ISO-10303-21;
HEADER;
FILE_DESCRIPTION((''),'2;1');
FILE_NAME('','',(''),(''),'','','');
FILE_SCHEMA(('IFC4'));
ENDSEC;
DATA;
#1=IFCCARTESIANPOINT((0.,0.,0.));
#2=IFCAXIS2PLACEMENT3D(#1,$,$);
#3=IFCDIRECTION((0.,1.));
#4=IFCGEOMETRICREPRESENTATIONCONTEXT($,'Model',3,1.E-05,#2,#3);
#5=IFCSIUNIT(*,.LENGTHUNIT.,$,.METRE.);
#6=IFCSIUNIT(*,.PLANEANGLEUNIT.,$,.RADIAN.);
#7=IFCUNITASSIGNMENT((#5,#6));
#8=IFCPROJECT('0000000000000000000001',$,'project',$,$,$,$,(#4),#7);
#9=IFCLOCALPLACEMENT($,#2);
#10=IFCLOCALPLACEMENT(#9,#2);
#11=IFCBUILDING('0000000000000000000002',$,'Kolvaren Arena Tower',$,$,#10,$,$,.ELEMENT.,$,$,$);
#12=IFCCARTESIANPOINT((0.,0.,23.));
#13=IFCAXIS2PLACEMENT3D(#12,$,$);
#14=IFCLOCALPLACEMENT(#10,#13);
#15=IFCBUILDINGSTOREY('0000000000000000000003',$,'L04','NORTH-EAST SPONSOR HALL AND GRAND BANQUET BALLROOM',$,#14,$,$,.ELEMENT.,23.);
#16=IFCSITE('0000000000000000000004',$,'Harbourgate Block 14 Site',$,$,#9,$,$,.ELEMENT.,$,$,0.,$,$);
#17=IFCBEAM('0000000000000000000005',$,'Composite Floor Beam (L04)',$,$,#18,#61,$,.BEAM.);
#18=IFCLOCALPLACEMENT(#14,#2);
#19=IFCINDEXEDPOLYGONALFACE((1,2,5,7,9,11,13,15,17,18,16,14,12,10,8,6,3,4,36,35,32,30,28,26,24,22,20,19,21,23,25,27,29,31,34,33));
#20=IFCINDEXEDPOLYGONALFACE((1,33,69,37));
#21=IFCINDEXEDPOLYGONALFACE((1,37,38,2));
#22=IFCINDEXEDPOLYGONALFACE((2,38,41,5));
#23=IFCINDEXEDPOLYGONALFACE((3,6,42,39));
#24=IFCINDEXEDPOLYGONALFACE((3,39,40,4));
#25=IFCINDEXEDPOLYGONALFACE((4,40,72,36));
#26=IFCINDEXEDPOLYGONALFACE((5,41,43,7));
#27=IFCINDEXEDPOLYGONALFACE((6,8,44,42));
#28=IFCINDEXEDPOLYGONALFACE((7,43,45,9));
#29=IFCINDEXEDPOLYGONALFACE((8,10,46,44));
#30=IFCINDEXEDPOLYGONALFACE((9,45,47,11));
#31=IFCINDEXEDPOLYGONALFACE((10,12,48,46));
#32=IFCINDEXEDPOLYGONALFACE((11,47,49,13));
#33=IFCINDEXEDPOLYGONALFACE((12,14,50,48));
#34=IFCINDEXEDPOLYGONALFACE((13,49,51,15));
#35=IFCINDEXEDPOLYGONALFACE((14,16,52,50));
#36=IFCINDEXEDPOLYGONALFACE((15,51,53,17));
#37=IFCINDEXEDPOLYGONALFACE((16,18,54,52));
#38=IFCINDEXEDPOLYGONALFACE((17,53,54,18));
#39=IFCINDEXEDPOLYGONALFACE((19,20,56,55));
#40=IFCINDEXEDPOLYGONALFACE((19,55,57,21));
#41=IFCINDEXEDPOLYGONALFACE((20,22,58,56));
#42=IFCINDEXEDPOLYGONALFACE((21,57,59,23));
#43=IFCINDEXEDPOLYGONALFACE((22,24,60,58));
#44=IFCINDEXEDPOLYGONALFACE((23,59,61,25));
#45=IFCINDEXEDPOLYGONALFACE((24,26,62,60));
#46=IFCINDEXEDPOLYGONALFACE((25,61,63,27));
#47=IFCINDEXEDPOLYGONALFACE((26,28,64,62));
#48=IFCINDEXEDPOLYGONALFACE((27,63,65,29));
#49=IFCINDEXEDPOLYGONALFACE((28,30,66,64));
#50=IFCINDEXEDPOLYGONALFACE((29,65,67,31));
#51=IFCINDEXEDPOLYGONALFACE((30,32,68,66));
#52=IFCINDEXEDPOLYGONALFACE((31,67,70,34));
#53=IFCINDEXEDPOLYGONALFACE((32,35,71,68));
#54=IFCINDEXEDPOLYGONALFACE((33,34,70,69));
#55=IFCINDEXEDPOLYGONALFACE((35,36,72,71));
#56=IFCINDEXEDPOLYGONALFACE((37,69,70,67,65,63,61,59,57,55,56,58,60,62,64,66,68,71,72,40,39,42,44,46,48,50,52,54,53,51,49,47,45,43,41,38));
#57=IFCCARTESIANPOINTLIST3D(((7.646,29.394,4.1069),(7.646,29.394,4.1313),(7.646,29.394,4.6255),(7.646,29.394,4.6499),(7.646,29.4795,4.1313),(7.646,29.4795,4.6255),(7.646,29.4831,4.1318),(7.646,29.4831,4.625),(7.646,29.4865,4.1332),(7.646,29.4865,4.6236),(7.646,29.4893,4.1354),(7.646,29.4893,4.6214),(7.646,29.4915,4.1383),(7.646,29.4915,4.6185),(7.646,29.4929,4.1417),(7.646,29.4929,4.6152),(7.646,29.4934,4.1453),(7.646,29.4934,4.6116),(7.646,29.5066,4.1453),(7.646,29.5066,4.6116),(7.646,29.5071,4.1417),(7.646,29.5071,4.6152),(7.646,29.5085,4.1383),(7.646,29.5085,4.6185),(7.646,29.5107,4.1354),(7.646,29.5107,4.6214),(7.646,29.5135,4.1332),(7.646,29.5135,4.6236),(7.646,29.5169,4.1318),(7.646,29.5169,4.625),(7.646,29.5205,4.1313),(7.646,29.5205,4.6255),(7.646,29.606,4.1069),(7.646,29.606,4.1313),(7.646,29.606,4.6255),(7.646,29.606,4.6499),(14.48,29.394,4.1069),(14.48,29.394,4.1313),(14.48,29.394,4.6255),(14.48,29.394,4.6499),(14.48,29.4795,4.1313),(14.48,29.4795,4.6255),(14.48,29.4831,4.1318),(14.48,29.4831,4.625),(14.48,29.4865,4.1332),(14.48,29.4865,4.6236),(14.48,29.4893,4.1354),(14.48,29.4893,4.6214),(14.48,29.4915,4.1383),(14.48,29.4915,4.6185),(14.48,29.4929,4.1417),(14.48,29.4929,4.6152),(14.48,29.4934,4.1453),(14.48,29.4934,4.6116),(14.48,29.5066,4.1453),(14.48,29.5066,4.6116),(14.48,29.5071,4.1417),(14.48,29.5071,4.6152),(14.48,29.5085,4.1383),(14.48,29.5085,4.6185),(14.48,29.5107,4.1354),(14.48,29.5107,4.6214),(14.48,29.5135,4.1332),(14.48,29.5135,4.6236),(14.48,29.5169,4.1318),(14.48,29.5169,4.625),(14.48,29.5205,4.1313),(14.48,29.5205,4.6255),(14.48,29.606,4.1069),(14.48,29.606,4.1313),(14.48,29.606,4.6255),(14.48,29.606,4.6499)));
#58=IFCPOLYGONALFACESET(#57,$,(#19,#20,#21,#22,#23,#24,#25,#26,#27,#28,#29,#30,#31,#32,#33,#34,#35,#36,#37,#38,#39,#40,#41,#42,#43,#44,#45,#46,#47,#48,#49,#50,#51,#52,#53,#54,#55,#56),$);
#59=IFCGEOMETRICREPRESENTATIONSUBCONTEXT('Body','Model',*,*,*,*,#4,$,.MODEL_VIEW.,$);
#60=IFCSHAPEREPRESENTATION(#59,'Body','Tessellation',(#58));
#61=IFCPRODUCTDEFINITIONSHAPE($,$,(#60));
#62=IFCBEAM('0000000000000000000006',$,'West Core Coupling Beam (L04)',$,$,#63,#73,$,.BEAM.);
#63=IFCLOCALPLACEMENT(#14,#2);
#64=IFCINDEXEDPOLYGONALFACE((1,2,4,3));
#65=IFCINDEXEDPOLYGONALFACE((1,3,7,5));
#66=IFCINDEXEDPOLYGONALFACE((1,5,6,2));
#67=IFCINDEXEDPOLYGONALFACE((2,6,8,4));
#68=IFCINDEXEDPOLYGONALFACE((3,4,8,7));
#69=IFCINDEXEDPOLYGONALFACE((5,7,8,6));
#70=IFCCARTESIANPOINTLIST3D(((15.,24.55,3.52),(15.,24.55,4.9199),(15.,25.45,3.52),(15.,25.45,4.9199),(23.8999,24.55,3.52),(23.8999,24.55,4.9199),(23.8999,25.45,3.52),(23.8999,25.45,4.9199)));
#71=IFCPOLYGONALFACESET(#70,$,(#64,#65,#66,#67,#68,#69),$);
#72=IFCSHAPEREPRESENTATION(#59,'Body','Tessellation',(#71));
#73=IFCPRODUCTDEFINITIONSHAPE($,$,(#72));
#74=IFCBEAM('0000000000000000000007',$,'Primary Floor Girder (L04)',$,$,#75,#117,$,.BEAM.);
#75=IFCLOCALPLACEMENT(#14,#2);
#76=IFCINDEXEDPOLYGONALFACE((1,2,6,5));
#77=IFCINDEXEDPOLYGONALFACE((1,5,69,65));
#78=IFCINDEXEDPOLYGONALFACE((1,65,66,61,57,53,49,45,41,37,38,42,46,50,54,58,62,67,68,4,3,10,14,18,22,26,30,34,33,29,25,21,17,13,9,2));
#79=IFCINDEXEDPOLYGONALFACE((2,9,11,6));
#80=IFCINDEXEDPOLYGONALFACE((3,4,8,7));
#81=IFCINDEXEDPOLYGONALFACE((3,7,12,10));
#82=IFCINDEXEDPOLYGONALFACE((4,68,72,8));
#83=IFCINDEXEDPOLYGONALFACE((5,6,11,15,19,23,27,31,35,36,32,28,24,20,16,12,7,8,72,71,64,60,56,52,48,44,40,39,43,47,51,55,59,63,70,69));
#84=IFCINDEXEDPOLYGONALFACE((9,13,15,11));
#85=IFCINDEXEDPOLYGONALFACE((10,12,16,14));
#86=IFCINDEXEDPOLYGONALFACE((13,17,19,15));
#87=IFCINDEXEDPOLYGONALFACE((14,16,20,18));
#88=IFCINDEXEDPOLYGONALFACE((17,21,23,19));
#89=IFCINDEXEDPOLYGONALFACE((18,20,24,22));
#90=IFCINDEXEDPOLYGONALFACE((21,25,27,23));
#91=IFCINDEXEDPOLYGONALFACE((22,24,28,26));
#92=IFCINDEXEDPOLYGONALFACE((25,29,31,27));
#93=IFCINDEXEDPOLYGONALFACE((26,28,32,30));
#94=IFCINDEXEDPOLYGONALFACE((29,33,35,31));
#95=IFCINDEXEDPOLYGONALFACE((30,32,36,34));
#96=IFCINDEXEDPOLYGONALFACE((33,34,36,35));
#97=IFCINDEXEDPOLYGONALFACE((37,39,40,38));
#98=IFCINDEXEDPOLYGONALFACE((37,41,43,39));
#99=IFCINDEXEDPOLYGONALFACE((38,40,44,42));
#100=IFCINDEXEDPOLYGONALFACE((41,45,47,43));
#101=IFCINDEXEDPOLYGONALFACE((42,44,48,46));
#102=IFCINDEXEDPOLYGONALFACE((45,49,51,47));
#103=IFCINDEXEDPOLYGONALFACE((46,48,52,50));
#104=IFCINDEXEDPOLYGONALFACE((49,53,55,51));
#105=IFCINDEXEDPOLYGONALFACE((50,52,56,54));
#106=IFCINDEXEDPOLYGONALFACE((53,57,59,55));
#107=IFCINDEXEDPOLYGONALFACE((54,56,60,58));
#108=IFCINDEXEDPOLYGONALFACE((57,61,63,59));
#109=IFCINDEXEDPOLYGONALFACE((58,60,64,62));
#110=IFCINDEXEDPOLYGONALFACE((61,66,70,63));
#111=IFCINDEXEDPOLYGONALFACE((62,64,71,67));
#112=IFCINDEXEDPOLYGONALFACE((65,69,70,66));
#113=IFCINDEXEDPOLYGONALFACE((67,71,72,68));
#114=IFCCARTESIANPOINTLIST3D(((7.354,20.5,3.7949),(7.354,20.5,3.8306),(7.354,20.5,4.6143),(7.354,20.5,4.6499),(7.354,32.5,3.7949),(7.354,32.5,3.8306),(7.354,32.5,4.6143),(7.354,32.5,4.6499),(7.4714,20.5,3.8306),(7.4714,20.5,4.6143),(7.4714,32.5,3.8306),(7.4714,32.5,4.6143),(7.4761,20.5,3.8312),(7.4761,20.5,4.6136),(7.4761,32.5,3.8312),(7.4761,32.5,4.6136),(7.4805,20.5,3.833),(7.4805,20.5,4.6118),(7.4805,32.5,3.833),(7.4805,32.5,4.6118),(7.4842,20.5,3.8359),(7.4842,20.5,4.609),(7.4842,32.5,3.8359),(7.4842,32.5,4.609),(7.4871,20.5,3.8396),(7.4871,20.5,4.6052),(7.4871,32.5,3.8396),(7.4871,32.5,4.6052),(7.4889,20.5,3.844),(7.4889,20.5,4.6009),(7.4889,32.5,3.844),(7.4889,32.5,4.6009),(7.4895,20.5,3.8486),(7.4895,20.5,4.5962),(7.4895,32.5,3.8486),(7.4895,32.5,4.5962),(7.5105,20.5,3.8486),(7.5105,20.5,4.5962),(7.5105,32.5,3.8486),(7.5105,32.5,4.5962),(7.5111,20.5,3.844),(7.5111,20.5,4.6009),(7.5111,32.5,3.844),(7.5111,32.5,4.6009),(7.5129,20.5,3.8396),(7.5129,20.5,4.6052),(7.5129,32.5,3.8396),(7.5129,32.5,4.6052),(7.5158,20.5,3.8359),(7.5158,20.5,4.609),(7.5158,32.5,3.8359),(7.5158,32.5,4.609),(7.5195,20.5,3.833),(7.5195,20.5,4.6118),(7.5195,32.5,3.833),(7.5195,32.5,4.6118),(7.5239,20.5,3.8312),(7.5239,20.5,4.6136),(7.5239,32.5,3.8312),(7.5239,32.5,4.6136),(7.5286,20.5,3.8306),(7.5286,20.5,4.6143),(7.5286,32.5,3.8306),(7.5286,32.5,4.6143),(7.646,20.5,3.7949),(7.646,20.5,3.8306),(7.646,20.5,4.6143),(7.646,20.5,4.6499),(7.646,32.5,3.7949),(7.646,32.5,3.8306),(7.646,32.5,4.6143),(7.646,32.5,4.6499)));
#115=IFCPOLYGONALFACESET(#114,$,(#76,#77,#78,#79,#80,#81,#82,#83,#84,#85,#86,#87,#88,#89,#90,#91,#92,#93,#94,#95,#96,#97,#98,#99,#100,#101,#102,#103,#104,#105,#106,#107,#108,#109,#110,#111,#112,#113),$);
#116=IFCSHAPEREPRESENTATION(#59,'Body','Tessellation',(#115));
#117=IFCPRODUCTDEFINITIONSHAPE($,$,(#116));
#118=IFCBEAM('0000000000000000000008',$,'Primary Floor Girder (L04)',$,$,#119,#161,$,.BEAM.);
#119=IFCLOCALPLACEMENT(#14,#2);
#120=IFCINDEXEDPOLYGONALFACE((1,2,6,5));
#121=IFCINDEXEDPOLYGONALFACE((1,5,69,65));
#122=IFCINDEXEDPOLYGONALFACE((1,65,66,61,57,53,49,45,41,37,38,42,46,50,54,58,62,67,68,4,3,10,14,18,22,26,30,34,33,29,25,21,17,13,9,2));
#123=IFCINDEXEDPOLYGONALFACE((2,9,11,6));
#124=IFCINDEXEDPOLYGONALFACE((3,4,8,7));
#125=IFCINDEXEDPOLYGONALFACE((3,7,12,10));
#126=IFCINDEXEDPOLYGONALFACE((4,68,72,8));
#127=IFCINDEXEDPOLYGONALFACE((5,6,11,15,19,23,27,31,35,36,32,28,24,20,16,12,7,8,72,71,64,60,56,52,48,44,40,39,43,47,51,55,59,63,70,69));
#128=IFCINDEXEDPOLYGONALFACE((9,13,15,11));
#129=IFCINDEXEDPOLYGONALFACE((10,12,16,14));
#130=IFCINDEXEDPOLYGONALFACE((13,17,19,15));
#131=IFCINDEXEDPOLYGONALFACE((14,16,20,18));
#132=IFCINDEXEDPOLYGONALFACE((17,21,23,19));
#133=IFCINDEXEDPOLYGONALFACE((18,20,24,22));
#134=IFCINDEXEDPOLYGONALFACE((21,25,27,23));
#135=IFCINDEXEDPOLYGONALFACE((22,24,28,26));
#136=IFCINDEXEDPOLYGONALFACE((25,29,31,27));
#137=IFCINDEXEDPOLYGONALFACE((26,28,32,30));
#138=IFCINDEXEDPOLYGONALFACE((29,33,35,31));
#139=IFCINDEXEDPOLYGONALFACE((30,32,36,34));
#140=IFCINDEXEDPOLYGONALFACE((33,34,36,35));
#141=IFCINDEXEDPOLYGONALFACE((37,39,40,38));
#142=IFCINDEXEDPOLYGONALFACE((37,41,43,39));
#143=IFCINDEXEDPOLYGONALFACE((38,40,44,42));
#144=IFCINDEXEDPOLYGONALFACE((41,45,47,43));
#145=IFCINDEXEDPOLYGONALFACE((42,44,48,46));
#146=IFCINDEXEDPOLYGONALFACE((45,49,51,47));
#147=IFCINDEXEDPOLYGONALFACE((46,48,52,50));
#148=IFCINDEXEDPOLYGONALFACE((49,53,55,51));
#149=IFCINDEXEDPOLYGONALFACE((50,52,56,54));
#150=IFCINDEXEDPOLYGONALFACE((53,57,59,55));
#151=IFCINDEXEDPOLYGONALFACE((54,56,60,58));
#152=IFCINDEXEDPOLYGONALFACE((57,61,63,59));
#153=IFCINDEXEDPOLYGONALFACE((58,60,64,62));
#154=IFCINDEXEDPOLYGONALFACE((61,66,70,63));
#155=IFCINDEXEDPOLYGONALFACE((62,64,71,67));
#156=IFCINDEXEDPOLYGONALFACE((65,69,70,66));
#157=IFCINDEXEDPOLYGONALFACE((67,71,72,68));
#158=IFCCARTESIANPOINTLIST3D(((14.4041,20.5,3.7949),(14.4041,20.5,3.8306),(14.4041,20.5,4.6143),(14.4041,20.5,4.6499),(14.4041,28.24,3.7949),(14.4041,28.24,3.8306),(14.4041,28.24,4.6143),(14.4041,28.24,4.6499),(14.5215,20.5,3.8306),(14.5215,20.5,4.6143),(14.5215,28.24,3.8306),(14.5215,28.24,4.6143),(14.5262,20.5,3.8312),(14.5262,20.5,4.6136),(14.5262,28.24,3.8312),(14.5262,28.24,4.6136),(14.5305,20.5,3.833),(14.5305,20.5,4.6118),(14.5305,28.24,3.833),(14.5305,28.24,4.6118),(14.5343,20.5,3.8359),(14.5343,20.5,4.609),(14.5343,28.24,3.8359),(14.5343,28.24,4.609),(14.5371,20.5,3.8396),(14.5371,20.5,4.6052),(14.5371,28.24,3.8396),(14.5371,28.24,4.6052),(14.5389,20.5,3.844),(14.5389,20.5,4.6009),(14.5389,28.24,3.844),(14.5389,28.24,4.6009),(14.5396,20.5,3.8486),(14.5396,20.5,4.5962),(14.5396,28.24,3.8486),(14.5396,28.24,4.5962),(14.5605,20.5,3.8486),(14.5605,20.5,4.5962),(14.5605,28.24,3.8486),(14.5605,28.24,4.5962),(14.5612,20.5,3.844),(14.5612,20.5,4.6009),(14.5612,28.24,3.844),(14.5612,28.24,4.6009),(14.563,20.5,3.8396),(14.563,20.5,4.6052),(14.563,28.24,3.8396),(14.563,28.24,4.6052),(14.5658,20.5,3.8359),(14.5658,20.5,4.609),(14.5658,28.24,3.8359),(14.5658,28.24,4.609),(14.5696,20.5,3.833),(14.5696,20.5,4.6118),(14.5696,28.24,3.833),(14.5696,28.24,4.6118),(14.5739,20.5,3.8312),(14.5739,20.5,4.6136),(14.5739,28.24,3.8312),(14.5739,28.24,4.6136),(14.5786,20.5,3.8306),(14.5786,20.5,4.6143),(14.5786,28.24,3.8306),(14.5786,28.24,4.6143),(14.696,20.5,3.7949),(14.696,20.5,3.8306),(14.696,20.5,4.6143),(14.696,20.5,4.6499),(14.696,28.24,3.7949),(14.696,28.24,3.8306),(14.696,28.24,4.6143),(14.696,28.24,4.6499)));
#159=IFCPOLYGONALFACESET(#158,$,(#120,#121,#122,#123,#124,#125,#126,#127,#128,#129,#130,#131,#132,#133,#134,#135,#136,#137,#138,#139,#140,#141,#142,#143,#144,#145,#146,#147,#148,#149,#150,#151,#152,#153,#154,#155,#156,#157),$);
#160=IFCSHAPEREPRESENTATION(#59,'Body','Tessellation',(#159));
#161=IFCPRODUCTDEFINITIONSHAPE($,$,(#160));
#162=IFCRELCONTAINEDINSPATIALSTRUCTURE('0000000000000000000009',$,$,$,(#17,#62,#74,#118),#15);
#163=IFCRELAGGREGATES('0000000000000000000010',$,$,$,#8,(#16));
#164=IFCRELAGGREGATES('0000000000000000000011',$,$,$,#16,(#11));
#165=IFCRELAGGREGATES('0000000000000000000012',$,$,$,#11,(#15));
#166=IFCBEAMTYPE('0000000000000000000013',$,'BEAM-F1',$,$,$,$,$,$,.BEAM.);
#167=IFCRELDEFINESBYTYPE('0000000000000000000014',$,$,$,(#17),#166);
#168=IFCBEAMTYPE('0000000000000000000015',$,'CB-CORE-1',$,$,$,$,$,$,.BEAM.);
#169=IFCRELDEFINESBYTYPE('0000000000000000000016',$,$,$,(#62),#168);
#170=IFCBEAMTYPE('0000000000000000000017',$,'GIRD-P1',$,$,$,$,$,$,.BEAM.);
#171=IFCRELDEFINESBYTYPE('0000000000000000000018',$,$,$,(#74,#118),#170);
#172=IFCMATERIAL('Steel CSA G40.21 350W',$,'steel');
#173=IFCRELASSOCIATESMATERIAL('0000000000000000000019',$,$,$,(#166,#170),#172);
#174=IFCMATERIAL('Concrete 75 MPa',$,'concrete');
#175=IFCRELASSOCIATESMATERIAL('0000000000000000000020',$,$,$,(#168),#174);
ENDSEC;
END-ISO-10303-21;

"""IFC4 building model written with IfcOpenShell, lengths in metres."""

from ifc_helpers import new_model, si_unit, direction, frame, origin, origin_2d, place, context, subcontext, project, spatial, rectangle, i_section, extrude, material, material_profile, profile_set, type_object, element, save


model = new_model("IFC4")

# Units and contexts
model_context = context("Model", 3, precision=1e-05, world=origin(), true_north=direction((0.0, 1.0)))
body_context = subcontext(model_context, "Body", "Model", "MODEL_VIEW")
ifc_project = project(units=[si_unit("LENGTHUNIT", "METRE"), si_unit("PLANEANGLEUNIT", "RADIAN")], contexts=[model_context])

# Site, building, storey
site_placement = place(None, origin())
site = spatial("IfcSite", under=ifc_project, at=site_placement, Name="Harbourgate Block 14 Site", CompositionType="ELEMENT", RefElevation=0.0)
building_placement = place(site_placement, origin())
building = spatial("IfcBuilding", under=site, at=building_placement, Name="Kolvaren Arena Tower", CompositionType="ELEMENT")
storey_placement = place(building_placement, frame((0.0, 0.0, 23.0)))
storey = spatial("IfcBuildingStorey", under=building, at=storey_placement, Name="L04", Description="NORTH-EAST SPONSOR HALL AND GRAND BANQUET BALLROOM", CompositionType="ELEMENT", Elevation=23.0)

# Beams
ifc_material_1 = material(Name="Steel CSA G40.21 350W", Category="steel")
ifc_material_profile_1 = material_profile(ifc_material_1, i_section(OverallWidth=0.2119, OverallDepth=0.543, WebThickness=0.0132, FlangeThickness=0.0244, FilletRadius=0.0139, at=origin_2d()), Name="W530x150")
ifc_profile_set_1 = profile_set([ifc_material_profile_1], Name="Steel CSA G40.21 350W")
beam_type_1 = type_object("IfcBeamType", Name="BEAM-F1", PredefinedType="BEAM", material=ifc_profile_set_1)
beam_1_placement = place(storey_placement, frame((7.646, 29.5, 4.3784), z_axis=(1.0, 0.0, 0.0), x_axis=(0.0, 1.0, 0.0)))
element("IfcBeam", 1, at=beam_1_placement, inside=storey, type_object=beam_type_1, Name="Composite Floor Beam (L04)", PredefinedType="BEAM", context=body_context, shape_type="SweptSolid", body=[
    extrude(i_section(OverallWidth=0.2119, OverallDepth=0.543, WebThickness=0.0132, FlangeThickness=0.0244, FilletRadius=0.0139, at=origin_2d()), origin(), (0.0, 0.0, 1.0), 6.834),
])
ifc_material_2 = material(Name="Concrete 75 MPa", Category="concrete")
ifc_material_profile_2 = material_profile(ifc_material_2, rectangle(XDim=0.8999, YDim=1.3999, at=origin_2d()), Name="RC-900x1400")
ifc_profile_set_2 = profile_set([ifc_material_profile_2], Name="Concrete 75 MPa")
beam_type_2 = type_object("IfcBeamType", Name="CB-CORE-1", PredefinedType="BEAM", material=ifc_profile_set_2)
beam_2_placement = place(storey_placement, frame((15.0, 25.0, 4.22), z_axis=(1.0, 0.0, 0.0), x_axis=(0.0, 1.0, 0.0)))
element("IfcBeam", 2, at=beam_2_placement, inside=storey, type_object=beam_type_2, Name="West Core Coupling Beam (L04)", PredefinedType="BEAM", context=body_context, shape_type="SweptSolid", body=[
    extrude(rectangle(XDim=0.8999, YDim=1.3999, at=origin_2d()), origin(), (0.0, 0.0, 1.0), 8.8999),
])
ifc_material_profile_3 = material_profile(ifc_material_1, i_section(OverallWidth=0.292, OverallDepth=0.855, WebThickness=0.021, FlangeThickness=0.0356, FilletRadius=0.0181, at=origin_2d()), Name="W840x299")
ifc_profile_set_3 = profile_set([ifc_material_profile_3], Name="Steel CSA G40.21 350W")
beam_type_3 = type_object("IfcBeamType", Name="GIRD-P1", PredefinedType="BEAM", material=ifc_profile_set_3)
beam_3_placement = place(storey_placement, frame((7.5, 20.5, 4.2224), z_axis=(0.0, 1.0, 0.0), x_axis=(-1.0, 0.0, 0.0)))
element("IfcBeam", 3, at=beam_3_placement, inside=storey, type_object=beam_type_3, Name="Primary Floor Girder (L04)", PredefinedType="BEAM", context=body_context, shape_type="SweptSolid", body=[
    extrude(i_section(OverallWidth=0.292, OverallDepth=0.855, WebThickness=0.021, FlangeThickness=0.0356, FilletRadius=0.0181, at=origin_2d()), origin(), (0.0, 0.0, 1.0), 12.0),
])
beam_4_placement = place(storey_placement, frame((14.55, 20.5, 4.2224), z_axis=(0.0, 1.0, 0.0), x_axis=(-1.0, 0.0, 0.0)))
element("IfcBeam", 4, at=beam_4_placement, inside=storey, type_object=beam_type_3, Name="Primary Floor Girder (L04)", PredefinedType="BEAM", context=body_context, shape_type="SweptSolid", body=[
    extrude(i_section(OverallWidth=0.292, OverallDepth=0.855, WebThickness=0.021, FlangeThickness=0.0356, FilletRadius=0.0181, at=origin_2d()), origin(), (0.0, 0.0, 1.0), 7.74),
])

save(model, "model.ifc")
